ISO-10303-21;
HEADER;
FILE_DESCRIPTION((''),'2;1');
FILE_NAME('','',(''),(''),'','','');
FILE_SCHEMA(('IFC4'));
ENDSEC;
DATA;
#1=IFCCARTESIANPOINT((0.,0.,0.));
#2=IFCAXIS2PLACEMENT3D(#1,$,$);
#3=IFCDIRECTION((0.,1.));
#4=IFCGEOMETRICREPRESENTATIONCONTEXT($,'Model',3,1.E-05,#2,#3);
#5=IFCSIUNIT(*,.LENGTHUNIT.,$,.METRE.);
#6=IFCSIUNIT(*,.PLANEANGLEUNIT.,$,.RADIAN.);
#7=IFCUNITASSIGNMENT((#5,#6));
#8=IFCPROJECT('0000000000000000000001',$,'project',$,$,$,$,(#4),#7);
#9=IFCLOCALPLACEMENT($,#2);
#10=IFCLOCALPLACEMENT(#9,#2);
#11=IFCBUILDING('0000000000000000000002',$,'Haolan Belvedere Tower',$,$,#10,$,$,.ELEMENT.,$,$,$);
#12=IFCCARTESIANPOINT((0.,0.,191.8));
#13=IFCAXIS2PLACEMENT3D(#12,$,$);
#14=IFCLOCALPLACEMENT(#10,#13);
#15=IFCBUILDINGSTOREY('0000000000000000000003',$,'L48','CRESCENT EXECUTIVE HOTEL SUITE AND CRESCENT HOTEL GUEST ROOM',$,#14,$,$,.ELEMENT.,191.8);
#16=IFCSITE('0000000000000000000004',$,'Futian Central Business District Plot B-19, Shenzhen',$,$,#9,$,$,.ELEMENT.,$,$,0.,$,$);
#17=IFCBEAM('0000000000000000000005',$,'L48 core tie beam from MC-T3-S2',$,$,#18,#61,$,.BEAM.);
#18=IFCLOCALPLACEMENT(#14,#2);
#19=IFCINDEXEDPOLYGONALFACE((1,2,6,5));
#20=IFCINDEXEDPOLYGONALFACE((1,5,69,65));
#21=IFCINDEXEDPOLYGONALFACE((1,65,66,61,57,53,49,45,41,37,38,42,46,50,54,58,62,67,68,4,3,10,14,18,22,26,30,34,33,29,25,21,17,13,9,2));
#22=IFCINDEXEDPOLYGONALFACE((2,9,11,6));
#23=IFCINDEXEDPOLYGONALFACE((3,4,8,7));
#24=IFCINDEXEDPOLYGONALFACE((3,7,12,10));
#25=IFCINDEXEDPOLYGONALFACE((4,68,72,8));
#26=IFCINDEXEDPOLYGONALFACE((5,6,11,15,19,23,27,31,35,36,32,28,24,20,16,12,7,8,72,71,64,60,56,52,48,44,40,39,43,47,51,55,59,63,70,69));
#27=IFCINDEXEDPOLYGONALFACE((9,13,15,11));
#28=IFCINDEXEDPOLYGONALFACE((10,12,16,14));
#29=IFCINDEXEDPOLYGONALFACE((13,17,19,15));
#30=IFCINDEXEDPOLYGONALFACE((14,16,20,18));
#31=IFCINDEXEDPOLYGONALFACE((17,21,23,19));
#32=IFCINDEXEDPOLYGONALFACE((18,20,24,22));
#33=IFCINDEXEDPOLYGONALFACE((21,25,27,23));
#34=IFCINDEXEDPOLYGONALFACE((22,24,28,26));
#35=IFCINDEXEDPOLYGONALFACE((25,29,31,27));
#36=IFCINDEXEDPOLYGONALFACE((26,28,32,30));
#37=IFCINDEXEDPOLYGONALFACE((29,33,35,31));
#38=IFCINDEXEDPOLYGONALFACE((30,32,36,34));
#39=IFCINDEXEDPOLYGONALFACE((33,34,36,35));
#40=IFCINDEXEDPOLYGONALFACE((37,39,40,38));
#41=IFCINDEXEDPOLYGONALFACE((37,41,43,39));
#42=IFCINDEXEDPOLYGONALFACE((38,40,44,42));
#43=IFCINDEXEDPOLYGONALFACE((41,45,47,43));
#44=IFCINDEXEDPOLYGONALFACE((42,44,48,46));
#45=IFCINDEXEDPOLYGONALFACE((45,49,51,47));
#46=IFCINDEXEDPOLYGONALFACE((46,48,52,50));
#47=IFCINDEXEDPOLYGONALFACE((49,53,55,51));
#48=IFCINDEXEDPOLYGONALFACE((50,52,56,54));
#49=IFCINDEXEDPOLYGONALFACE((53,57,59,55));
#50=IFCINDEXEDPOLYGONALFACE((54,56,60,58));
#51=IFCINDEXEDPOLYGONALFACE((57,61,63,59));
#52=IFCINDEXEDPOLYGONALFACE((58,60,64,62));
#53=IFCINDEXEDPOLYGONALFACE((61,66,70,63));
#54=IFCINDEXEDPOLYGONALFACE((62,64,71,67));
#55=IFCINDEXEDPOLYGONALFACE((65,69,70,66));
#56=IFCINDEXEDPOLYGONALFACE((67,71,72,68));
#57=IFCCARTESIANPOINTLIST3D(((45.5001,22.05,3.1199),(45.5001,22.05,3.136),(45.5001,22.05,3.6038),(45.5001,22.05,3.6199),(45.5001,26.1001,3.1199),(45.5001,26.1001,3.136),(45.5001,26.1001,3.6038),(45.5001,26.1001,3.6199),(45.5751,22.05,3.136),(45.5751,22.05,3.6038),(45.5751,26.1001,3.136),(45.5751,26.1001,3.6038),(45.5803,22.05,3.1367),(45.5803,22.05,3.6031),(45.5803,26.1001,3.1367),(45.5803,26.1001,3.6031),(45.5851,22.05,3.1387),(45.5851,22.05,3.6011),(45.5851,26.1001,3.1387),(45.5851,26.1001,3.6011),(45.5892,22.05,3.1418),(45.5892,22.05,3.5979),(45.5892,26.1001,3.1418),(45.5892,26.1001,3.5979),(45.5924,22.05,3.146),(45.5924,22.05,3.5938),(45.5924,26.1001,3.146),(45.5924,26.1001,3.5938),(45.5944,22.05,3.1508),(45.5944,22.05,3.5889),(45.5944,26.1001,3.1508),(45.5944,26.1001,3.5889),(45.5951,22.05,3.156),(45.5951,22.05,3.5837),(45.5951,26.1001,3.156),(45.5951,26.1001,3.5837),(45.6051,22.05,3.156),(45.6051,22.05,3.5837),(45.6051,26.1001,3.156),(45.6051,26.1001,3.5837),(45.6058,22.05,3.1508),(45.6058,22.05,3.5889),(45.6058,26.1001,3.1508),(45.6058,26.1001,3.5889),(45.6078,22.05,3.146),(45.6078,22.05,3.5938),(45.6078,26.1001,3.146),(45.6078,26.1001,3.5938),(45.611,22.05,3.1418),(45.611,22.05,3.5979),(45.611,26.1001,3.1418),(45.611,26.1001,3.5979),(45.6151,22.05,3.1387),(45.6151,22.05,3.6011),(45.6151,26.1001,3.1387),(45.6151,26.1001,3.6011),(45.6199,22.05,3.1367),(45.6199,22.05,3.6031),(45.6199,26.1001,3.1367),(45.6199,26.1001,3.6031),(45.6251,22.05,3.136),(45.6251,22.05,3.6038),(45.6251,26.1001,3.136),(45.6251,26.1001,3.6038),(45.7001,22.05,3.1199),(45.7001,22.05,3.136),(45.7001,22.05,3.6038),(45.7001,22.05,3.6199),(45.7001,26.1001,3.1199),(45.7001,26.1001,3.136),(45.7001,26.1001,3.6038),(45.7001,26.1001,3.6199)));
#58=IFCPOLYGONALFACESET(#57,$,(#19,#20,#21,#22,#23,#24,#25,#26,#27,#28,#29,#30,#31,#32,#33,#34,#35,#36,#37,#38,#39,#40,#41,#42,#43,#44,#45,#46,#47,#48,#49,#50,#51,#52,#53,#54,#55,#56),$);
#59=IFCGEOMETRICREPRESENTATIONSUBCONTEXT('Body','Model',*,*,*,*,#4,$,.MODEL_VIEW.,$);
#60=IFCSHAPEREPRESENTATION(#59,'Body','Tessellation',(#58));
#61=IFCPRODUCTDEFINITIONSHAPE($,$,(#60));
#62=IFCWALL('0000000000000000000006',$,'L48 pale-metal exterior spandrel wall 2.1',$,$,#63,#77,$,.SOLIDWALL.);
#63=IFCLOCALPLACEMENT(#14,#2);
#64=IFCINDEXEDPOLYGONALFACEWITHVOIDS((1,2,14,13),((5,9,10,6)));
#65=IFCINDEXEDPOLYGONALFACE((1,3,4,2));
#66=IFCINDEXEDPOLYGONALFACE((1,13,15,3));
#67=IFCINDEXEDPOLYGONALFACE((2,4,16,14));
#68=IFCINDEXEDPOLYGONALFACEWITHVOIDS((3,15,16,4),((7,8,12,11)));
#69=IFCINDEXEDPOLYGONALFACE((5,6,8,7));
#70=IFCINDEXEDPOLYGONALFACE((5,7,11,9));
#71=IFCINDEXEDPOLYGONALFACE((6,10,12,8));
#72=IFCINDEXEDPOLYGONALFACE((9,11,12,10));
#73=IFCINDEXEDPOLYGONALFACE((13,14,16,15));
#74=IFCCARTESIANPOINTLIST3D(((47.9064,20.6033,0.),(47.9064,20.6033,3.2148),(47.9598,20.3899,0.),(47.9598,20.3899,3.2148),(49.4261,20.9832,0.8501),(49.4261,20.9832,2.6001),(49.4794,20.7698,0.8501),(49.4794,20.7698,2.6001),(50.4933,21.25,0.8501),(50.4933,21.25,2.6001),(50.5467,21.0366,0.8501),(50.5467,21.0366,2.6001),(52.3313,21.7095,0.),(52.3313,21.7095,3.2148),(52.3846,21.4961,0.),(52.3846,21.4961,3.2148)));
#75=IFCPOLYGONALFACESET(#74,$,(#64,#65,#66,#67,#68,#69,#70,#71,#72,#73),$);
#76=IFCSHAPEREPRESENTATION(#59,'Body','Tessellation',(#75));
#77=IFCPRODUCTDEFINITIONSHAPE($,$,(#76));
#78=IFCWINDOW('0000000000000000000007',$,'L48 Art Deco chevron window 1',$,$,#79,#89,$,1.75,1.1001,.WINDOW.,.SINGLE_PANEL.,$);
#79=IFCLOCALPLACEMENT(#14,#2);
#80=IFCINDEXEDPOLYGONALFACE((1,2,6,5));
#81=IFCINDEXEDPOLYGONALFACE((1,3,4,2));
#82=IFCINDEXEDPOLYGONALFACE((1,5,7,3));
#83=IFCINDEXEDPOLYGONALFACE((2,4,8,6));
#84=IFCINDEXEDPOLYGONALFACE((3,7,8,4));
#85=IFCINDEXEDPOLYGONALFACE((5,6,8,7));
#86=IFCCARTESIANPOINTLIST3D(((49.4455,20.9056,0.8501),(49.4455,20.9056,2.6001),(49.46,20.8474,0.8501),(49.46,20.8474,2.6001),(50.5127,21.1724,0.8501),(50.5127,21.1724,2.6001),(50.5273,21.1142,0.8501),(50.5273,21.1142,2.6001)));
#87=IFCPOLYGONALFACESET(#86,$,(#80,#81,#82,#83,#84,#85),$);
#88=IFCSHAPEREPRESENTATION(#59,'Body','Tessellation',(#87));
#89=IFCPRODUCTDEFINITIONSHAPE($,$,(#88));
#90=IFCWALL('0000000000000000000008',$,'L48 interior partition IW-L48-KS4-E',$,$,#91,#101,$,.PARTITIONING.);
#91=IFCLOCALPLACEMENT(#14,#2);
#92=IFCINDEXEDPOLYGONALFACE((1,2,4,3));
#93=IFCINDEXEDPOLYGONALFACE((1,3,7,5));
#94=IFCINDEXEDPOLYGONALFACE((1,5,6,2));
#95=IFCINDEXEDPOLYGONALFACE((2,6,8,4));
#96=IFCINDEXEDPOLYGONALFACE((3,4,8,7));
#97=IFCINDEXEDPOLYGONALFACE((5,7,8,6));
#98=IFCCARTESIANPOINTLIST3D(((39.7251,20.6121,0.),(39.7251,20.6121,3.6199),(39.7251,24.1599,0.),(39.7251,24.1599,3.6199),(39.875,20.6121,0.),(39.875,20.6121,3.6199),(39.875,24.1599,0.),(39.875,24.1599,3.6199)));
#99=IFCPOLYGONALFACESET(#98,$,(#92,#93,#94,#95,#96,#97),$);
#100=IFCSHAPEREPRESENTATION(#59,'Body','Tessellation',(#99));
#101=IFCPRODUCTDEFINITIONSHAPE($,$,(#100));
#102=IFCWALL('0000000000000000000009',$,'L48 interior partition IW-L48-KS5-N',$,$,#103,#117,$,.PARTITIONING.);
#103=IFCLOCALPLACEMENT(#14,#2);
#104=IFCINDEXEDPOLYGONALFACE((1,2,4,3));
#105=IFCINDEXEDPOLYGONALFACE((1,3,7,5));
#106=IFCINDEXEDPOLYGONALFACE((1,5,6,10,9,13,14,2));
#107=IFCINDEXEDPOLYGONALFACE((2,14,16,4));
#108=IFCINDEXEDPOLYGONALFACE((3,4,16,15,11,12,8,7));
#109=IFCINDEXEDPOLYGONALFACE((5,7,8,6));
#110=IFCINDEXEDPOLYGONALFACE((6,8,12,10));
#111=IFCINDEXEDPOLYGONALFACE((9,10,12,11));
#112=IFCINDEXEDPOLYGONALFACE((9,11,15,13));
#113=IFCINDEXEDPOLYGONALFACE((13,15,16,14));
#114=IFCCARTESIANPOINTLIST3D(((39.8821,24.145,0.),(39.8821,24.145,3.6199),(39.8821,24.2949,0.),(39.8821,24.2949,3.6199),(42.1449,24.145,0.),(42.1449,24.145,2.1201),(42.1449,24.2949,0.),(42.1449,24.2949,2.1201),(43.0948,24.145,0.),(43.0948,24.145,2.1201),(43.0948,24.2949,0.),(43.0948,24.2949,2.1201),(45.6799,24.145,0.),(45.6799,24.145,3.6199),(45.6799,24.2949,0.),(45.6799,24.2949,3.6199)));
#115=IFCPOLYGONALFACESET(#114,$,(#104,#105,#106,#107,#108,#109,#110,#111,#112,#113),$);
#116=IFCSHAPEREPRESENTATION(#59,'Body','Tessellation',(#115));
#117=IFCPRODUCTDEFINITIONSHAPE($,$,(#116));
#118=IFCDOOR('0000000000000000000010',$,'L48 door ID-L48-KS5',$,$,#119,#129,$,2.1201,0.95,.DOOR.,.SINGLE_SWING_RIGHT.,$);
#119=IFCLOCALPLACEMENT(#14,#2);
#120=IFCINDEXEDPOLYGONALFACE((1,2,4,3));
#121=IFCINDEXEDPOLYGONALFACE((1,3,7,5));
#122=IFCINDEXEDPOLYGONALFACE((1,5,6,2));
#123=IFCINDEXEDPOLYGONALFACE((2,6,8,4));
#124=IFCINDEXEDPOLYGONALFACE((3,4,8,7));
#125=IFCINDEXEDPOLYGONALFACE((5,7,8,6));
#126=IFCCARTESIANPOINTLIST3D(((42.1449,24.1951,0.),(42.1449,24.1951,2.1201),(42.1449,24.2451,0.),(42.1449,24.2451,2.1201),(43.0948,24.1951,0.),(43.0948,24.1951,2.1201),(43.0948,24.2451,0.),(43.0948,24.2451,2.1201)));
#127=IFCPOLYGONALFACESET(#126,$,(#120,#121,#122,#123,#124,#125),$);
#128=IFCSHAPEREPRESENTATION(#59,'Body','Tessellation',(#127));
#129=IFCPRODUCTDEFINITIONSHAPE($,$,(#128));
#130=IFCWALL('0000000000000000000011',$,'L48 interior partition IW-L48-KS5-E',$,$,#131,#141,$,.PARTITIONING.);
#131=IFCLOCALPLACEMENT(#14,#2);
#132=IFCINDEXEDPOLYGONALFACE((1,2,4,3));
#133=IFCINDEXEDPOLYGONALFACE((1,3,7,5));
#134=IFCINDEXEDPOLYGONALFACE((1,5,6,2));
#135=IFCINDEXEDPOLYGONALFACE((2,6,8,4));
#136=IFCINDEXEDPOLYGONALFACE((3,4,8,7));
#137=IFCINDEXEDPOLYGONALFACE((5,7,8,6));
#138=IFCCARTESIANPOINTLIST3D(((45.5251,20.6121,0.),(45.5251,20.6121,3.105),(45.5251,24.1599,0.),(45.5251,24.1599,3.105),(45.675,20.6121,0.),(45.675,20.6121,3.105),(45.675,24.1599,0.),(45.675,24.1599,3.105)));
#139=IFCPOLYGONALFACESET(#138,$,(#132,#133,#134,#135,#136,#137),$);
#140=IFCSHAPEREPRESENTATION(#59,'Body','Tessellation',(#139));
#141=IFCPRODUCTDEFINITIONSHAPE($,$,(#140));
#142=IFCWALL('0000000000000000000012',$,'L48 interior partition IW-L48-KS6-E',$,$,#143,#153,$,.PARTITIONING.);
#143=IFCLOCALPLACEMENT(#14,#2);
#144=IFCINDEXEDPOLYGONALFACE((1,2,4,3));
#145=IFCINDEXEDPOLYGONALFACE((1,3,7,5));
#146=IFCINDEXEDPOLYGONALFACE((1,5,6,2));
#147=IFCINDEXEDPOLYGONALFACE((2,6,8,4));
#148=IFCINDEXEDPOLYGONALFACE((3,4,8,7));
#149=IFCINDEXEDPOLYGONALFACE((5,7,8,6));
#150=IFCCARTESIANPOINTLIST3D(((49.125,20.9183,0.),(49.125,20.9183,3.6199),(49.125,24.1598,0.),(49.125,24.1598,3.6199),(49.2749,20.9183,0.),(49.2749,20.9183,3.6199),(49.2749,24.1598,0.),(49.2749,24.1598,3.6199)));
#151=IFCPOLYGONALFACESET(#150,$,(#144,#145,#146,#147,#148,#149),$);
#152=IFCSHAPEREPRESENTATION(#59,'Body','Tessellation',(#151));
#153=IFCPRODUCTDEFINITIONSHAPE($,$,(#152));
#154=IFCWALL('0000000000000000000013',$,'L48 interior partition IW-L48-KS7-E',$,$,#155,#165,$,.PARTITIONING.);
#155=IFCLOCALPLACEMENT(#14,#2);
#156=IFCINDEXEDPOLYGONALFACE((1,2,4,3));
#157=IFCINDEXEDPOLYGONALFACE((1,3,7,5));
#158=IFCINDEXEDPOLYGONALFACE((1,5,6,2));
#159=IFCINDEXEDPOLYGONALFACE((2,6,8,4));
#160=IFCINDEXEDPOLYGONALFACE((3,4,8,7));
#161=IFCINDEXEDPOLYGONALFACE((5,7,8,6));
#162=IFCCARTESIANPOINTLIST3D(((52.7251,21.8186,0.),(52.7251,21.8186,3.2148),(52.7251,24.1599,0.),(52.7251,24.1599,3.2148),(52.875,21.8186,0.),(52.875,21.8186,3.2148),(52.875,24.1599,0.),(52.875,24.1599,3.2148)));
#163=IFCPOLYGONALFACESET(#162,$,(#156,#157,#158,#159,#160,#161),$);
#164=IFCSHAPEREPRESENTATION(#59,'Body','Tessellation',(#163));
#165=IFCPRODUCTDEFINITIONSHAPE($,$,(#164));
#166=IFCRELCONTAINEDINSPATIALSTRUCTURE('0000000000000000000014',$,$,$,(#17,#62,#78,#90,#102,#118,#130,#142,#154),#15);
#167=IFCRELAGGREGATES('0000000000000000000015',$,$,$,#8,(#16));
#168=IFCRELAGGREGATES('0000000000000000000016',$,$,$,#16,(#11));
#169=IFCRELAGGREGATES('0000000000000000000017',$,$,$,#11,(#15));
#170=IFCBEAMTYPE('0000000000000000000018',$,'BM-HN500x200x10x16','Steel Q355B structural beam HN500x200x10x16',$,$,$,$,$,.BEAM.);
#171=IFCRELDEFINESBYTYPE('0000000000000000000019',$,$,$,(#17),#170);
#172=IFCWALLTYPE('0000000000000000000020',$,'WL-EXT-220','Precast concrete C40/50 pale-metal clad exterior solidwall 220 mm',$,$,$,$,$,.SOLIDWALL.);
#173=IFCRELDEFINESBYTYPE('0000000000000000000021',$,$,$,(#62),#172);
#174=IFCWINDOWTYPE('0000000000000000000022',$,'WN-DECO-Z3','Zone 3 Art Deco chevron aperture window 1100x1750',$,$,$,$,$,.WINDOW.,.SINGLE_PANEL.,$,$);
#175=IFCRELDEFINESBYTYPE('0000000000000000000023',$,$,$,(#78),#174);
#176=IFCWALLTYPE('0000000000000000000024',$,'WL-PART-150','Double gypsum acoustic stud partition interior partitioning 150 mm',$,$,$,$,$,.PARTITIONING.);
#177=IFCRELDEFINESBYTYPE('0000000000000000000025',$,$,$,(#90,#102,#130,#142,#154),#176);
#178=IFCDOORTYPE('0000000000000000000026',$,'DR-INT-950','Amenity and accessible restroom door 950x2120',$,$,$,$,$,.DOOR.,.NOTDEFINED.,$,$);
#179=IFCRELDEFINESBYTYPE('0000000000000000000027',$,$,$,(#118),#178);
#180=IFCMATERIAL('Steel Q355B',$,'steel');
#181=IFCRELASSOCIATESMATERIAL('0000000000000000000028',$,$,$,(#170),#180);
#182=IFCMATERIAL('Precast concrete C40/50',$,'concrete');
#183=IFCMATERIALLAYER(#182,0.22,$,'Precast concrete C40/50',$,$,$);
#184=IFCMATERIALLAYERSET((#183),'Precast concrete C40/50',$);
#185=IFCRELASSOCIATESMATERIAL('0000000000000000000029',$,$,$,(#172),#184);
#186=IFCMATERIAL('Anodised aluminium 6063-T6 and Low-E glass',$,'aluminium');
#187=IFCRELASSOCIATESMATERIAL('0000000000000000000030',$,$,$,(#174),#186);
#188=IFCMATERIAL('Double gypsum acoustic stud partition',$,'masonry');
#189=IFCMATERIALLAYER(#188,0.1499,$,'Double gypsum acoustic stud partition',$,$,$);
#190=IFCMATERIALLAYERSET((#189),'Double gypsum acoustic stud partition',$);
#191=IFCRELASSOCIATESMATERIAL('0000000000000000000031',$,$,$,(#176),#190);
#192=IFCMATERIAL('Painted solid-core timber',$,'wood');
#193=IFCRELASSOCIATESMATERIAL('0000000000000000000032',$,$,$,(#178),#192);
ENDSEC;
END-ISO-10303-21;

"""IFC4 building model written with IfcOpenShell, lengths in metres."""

from ifc_helpers import new_model, si_unit, direction, frame, frame_2d, origin, origin_2d, place, context, subcontext, project, spatial, rectangle, i_section, extrude, material, layer, layer_set, material_profile, profile_set, type_object, element, fill, save


model = new_model("IFC4")

# Units and contexts
model_context = context("Model", 3, precision=1e-05, world=origin(), true_north=direction((0.0, 1.0)))
body_context = subcontext(model_context, "Body", "Model", "MODEL_VIEW")
ifc_project = project(units=[si_unit("LENGTHUNIT", "METRE"), si_unit("PLANEANGLEUNIT", "RADIAN")], contexts=[model_context])

# Site, building, storey
site_placement = place(None, origin())
site = spatial("IfcSite", under=ifc_project, at=site_placement, Name="Futian Central Business District Plot B-19, Shenzhen", CompositionType="ELEMENT", RefElevation=0.0)
building_placement = place(site_placement, origin())
building = spatial("IfcBuilding", under=site, at=building_placement, Name="Haolan Belvedere Tower", CompositionType="ELEMENT")
storey_placement = place(building_placement, frame((0.0, 0.0, 191.8)))
storey = spatial("IfcBuildingStorey", under=building, at=storey_placement, Name="L48", Description="CRESCENT EXECUTIVE HOTEL SUITE AND CRESCENT HOTEL GUEST ROOM", CompositionType="ELEMENT", Elevation=191.8)

# Beam
ifc_material_1 = material(Name="Steel Q355B", Category="steel")
ifc_material_profile_1 = material_profile(ifc_material_1, i_section(OverallWidth=0.2, OverallDepth=0.5, WebThickness=0.01, FlangeThickness=0.0161, FilletRadius=0.02, at=origin_2d()), Name="Steel Q355B")
ifc_profile_set_1 = profile_set([ifc_material_profile_1], Name="Steel Q355B")
beam_type_1 = type_object("IfcBeamType", Name="BM-HN500x200x10x16", Description="Steel Q355B structural beam HN500x200x10x16", PredefinedType="BEAM", material=ifc_profile_set_1)
beam_1_placement = place(storey_placement, frame((45.6001, 22.05, 3.3699), z_axis=(0.0, 1.0, 0.0), x_axis=(-1.0, 0.0, 0.0)))
element("IfcBeam", 1, at=beam_1_placement, inside=storey, type_object=beam_type_1, Name="L48 core tie beam from MC-T3-S2", PredefinedType="BEAM", context=body_context, shape_type="SweptSolid", body=[
    extrude(i_section(OverallWidth=0.2, OverallDepth=0.5, WebThickness=0.01, FlangeThickness=0.0161, FilletRadius=0.02, at=origin_2d()), origin(), (0.0, 0.0, 1.0), 4.05),
])

# Wall, opening, window
ifc_material_2 = material(Name="Precast concrete C40/50", Category="concrete")
ifc_layer_1 = layer(ifc_material_2, 0.22, Name="Precast concrete C40/50")
ifc_layer_set_1 = layer_set([ifc_layer_1], Name="Precast concrete C40/50")
wall_type_1 = type_object("IfcWallType", Name="WL-EXT-220", Description="Precast concrete C40/50 pale-metal clad exterior solidwall 220 mm", PredefinedType="SOLIDWALL", material=ifc_layer_set_1)
wall_1_placement = place(storey_placement, frame((47.9331, 20.4966, 0.0), z_axis=(0.0, 0.0, 1.0), x_axis=(0.970143, 0.242536, 0.0)))
wall_1 = element("IfcWall", 2, at=wall_1_placement, inside=storey, type_object=wall_type_1, Name="L48 pale-metal exterior spandrel wall 2.1", PredefinedType="SOLIDWALL", context=body_context, shape_type="SweptSolid", body=[
    extrude(rectangle(XDim=4.561, YDim=0.22, at=frame_2d((2.2805, 0.0))), origin(), (0.0, 0.0, 1.0), 3.2148),
])
opening_1_placement = place(wall_1_placement, frame((1.5664, 0.0, 0.8501)))
opening_1 = element("IfcOpeningElement", 3, at=opening_1_placement, cuts=wall_1, PredefinedType="OPENING", context=body_context, shape_type="SweptSolid", body=[
    extrude(rectangle(XDim=1.1001, YDim=1.75, at=frame_2d((0.55, 0.875))), frame((0.0, 0.1199, 0.0), z_axis=(0.0, -1.0, 0.0), x_axis=(1.0, 0.0, 0.0)), (0.0, 0.0, 1.0), 0.24),
])
ifc_material_3 = material(Name="Anodised aluminium 6063-T6 and Low-E glass", Category="aluminium")
window_type = type_object("IfcWindowType", Name="WN-DECO-Z3", Description="Zone 3 Art Deco chevron aperture window 1100x1750", PartitioningType="SINGLE_PANEL", PredefinedType="WINDOW", material=ifc_material_3)
window_placement = place(opening_1_placement, origin())
window = element("IfcWindow", 4, at=window_placement, inside=storey, type_object=window_type, Name="L48 Art Deco chevron window 1", OverallHeight=1.75, OverallWidth=1.1001, PartitioningType="SINGLE_PANEL", PredefinedType="WINDOW", context=body_context, shape_type="SweptSolid", body=[
    extrude(rectangle(XDim=1.1001, YDim=1.75, at=frame_2d((0.55, 0.875))), frame((0.0, 0.03, 0.0), z_axis=(0.0, -1.0, 0.0), x_axis=(1.0, 0.0, 0.0)), (0.0, 0.0, 1.0), 0.0601),
])
fill(opening_1, window)

# Wall
ifc_material_4 = material(Name="Double gypsum acoustic stud partition", Category="masonry")
ifc_layer_2 = layer(ifc_material_4, 0.1499, Name="Double gypsum acoustic stud partition")
ifc_layer_set_2 = layer_set([ifc_layer_2], Name="Double gypsum acoustic stud partition")
wall_type_2 = type_object("IfcWallType", Name="WL-PART-150", Description="Double gypsum acoustic stud partition interior partitioning 150 mm", PredefinedType="PARTITIONING", material=ifc_layer_set_2)
wall_2_placement = place(storey_placement, frame((39.8, 20.6121, 0.0), z_axis=(0.0, 0.0, 1.0), x_axis=(0.0, 1.0, 0.0)))
element("IfcWall", 5, at=wall_2_placement, inside=storey, type_object=wall_type_2, Name="L48 interior partition IW-L48-KS4-E", PredefinedType="PARTITIONING", context=body_context, shape_type="SweptSolid", body=[
    extrude(rectangle(XDim=3.5479, YDim=0.1499, at=frame_2d((1.7739, 0.0))), origin(), (0.0, 0.0, 1.0), 3.6199),
])

# Wall, opening, door
wall_3_placement = place(storey_placement, frame((39.8821, 24.22, 0.0), z_axis=(0.0, 0.0, 1.0), x_axis=(1.0, 0.0, 0.0)))
wall_3 = element("IfcWall", 6, at=wall_3_placement, inside=storey, type_object=wall_type_2, Name="L48 interior partition IW-L48-KS5-N", PredefinedType="PARTITIONING", context=body_context, shape_type="SweptSolid", body=[
    extrude(rectangle(XDim=5.7979, YDim=0.1499, at=frame_2d((2.8989, 0.0))), origin(), (0.0, 0.0, 1.0), 3.6199),
])
opening_2_placement = place(wall_3_placement, frame((3.2129, 0.0, 0.0), z_axis=(0.0, 0.0, 1.0), x_axis=(-1.0, 0.0, 0.0)))
opening_2 = element("IfcOpeningElement", 7, at=opening_2_placement, cuts=wall_3, PredefinedType="OPENING", context=body_context, shape_type="SweptSolid", body=[
    extrude(rectangle(XDim=0.95, YDim=2.1201, at=frame_2d((0.4751, 1.0601))), frame((0.0, 0.085, 0.0), z_axis=(0.0, -1.0, 0.0), x_axis=(1.0, 0.0, 0.0)), (0.0, 0.0, 1.0), 0.1699),
])
ifc_material_5 = material(Name="Painted solid-core timber", Category="wood")
door_type_1 = type_object("IfcDoorType", Name="DR-INT-950", Description="Amenity and accessible restroom door 950x2120", OperationType="NOTDEFINED", PredefinedType="DOOR", material=ifc_material_5)
door_1_placement = place(opening_2_placement, origin())
door_1 = element("IfcDoor", 8, at=door_1_placement, inside=storey, type_object=door_type_1, Name="L48 door ID-L48-KS5", OperationType="SINGLE_SWING_RIGHT", OverallHeight=2.1201, OverallWidth=0.95, PredefinedType="DOOR", context=body_context, shape_type="SweptSolid", body=[
    extrude(rectangle(XDim=0.95, YDim=2.1201, at=frame_2d((0.4751, 1.0601))), frame((0.0, 0.0249, 0.0), z_axis=(0.0, -1.0, 0.0), x_axis=(1.0, 0.0, 0.0)), (0.0, 0.0, 1.0), 0.05),
])
fill(opening_2, door_1)

# Wall
wall_4_placement = place(storey_placement, frame((45.6001, 20.6121, 0.0), z_axis=(0.0, 0.0, 1.0), x_axis=(0.0, 1.0, 0.0)))
element("IfcWall", 9, at=wall_4_placement, inside=storey, type_object=wall_type_2, Name="L48 interior partition IW-L48-KS5-E", PredefinedType="PARTITIONING", context=body_context, shape_type="SweptSolid", body=[
    extrude(rectangle(XDim=3.5479, YDim=0.1499, at=frame_2d((1.7739, 0.0))), origin(), (0.0, 0.0, 1.0), 3.105),
])

# Wall
wall_5_placement = place(storey_placement, frame((49.2, 20.9185, 0.0), z_axis=(0.0, 0.0, 1.0), x_axis=(0.0, 1.0, 0.0)))
element("IfcWall", 10, at=wall_5_placement, inside=storey, type_object=wall_type_2, Name="L48 interior partition IW-L48-KS6-E", PredefinedType="PARTITIONING", context=body_context, shape_type="SweptSolid", body=[
    extrude(rectangle(XDim=3.2415, YDim=0.1499, at=frame_2d((1.6206, 0.0))), origin(), (0.0, 0.0, 1.0), 3.6199),
])

# Wall
wall_6_placement = place(storey_placement, frame((52.8, 21.8186, 0.0), z_axis=(0.0, 0.0, 1.0), x_axis=(0.0, 1.0, 0.0)))
element("IfcWall", 11, at=wall_6_placement, inside=storey, type_object=wall_type_2, Name="L48 interior partition IW-L48-KS7-E", PredefinedType="PARTITIONING", context=body_context, shape_type="SweptSolid", body=[
    extrude(rectangle(XDim=2.3413, YDim=0.1499, at=frame_2d((1.1707, 0.0))), origin(), (0.0, 0.0, 1.0), 3.2148),
])

save(model, "model.ifc")
